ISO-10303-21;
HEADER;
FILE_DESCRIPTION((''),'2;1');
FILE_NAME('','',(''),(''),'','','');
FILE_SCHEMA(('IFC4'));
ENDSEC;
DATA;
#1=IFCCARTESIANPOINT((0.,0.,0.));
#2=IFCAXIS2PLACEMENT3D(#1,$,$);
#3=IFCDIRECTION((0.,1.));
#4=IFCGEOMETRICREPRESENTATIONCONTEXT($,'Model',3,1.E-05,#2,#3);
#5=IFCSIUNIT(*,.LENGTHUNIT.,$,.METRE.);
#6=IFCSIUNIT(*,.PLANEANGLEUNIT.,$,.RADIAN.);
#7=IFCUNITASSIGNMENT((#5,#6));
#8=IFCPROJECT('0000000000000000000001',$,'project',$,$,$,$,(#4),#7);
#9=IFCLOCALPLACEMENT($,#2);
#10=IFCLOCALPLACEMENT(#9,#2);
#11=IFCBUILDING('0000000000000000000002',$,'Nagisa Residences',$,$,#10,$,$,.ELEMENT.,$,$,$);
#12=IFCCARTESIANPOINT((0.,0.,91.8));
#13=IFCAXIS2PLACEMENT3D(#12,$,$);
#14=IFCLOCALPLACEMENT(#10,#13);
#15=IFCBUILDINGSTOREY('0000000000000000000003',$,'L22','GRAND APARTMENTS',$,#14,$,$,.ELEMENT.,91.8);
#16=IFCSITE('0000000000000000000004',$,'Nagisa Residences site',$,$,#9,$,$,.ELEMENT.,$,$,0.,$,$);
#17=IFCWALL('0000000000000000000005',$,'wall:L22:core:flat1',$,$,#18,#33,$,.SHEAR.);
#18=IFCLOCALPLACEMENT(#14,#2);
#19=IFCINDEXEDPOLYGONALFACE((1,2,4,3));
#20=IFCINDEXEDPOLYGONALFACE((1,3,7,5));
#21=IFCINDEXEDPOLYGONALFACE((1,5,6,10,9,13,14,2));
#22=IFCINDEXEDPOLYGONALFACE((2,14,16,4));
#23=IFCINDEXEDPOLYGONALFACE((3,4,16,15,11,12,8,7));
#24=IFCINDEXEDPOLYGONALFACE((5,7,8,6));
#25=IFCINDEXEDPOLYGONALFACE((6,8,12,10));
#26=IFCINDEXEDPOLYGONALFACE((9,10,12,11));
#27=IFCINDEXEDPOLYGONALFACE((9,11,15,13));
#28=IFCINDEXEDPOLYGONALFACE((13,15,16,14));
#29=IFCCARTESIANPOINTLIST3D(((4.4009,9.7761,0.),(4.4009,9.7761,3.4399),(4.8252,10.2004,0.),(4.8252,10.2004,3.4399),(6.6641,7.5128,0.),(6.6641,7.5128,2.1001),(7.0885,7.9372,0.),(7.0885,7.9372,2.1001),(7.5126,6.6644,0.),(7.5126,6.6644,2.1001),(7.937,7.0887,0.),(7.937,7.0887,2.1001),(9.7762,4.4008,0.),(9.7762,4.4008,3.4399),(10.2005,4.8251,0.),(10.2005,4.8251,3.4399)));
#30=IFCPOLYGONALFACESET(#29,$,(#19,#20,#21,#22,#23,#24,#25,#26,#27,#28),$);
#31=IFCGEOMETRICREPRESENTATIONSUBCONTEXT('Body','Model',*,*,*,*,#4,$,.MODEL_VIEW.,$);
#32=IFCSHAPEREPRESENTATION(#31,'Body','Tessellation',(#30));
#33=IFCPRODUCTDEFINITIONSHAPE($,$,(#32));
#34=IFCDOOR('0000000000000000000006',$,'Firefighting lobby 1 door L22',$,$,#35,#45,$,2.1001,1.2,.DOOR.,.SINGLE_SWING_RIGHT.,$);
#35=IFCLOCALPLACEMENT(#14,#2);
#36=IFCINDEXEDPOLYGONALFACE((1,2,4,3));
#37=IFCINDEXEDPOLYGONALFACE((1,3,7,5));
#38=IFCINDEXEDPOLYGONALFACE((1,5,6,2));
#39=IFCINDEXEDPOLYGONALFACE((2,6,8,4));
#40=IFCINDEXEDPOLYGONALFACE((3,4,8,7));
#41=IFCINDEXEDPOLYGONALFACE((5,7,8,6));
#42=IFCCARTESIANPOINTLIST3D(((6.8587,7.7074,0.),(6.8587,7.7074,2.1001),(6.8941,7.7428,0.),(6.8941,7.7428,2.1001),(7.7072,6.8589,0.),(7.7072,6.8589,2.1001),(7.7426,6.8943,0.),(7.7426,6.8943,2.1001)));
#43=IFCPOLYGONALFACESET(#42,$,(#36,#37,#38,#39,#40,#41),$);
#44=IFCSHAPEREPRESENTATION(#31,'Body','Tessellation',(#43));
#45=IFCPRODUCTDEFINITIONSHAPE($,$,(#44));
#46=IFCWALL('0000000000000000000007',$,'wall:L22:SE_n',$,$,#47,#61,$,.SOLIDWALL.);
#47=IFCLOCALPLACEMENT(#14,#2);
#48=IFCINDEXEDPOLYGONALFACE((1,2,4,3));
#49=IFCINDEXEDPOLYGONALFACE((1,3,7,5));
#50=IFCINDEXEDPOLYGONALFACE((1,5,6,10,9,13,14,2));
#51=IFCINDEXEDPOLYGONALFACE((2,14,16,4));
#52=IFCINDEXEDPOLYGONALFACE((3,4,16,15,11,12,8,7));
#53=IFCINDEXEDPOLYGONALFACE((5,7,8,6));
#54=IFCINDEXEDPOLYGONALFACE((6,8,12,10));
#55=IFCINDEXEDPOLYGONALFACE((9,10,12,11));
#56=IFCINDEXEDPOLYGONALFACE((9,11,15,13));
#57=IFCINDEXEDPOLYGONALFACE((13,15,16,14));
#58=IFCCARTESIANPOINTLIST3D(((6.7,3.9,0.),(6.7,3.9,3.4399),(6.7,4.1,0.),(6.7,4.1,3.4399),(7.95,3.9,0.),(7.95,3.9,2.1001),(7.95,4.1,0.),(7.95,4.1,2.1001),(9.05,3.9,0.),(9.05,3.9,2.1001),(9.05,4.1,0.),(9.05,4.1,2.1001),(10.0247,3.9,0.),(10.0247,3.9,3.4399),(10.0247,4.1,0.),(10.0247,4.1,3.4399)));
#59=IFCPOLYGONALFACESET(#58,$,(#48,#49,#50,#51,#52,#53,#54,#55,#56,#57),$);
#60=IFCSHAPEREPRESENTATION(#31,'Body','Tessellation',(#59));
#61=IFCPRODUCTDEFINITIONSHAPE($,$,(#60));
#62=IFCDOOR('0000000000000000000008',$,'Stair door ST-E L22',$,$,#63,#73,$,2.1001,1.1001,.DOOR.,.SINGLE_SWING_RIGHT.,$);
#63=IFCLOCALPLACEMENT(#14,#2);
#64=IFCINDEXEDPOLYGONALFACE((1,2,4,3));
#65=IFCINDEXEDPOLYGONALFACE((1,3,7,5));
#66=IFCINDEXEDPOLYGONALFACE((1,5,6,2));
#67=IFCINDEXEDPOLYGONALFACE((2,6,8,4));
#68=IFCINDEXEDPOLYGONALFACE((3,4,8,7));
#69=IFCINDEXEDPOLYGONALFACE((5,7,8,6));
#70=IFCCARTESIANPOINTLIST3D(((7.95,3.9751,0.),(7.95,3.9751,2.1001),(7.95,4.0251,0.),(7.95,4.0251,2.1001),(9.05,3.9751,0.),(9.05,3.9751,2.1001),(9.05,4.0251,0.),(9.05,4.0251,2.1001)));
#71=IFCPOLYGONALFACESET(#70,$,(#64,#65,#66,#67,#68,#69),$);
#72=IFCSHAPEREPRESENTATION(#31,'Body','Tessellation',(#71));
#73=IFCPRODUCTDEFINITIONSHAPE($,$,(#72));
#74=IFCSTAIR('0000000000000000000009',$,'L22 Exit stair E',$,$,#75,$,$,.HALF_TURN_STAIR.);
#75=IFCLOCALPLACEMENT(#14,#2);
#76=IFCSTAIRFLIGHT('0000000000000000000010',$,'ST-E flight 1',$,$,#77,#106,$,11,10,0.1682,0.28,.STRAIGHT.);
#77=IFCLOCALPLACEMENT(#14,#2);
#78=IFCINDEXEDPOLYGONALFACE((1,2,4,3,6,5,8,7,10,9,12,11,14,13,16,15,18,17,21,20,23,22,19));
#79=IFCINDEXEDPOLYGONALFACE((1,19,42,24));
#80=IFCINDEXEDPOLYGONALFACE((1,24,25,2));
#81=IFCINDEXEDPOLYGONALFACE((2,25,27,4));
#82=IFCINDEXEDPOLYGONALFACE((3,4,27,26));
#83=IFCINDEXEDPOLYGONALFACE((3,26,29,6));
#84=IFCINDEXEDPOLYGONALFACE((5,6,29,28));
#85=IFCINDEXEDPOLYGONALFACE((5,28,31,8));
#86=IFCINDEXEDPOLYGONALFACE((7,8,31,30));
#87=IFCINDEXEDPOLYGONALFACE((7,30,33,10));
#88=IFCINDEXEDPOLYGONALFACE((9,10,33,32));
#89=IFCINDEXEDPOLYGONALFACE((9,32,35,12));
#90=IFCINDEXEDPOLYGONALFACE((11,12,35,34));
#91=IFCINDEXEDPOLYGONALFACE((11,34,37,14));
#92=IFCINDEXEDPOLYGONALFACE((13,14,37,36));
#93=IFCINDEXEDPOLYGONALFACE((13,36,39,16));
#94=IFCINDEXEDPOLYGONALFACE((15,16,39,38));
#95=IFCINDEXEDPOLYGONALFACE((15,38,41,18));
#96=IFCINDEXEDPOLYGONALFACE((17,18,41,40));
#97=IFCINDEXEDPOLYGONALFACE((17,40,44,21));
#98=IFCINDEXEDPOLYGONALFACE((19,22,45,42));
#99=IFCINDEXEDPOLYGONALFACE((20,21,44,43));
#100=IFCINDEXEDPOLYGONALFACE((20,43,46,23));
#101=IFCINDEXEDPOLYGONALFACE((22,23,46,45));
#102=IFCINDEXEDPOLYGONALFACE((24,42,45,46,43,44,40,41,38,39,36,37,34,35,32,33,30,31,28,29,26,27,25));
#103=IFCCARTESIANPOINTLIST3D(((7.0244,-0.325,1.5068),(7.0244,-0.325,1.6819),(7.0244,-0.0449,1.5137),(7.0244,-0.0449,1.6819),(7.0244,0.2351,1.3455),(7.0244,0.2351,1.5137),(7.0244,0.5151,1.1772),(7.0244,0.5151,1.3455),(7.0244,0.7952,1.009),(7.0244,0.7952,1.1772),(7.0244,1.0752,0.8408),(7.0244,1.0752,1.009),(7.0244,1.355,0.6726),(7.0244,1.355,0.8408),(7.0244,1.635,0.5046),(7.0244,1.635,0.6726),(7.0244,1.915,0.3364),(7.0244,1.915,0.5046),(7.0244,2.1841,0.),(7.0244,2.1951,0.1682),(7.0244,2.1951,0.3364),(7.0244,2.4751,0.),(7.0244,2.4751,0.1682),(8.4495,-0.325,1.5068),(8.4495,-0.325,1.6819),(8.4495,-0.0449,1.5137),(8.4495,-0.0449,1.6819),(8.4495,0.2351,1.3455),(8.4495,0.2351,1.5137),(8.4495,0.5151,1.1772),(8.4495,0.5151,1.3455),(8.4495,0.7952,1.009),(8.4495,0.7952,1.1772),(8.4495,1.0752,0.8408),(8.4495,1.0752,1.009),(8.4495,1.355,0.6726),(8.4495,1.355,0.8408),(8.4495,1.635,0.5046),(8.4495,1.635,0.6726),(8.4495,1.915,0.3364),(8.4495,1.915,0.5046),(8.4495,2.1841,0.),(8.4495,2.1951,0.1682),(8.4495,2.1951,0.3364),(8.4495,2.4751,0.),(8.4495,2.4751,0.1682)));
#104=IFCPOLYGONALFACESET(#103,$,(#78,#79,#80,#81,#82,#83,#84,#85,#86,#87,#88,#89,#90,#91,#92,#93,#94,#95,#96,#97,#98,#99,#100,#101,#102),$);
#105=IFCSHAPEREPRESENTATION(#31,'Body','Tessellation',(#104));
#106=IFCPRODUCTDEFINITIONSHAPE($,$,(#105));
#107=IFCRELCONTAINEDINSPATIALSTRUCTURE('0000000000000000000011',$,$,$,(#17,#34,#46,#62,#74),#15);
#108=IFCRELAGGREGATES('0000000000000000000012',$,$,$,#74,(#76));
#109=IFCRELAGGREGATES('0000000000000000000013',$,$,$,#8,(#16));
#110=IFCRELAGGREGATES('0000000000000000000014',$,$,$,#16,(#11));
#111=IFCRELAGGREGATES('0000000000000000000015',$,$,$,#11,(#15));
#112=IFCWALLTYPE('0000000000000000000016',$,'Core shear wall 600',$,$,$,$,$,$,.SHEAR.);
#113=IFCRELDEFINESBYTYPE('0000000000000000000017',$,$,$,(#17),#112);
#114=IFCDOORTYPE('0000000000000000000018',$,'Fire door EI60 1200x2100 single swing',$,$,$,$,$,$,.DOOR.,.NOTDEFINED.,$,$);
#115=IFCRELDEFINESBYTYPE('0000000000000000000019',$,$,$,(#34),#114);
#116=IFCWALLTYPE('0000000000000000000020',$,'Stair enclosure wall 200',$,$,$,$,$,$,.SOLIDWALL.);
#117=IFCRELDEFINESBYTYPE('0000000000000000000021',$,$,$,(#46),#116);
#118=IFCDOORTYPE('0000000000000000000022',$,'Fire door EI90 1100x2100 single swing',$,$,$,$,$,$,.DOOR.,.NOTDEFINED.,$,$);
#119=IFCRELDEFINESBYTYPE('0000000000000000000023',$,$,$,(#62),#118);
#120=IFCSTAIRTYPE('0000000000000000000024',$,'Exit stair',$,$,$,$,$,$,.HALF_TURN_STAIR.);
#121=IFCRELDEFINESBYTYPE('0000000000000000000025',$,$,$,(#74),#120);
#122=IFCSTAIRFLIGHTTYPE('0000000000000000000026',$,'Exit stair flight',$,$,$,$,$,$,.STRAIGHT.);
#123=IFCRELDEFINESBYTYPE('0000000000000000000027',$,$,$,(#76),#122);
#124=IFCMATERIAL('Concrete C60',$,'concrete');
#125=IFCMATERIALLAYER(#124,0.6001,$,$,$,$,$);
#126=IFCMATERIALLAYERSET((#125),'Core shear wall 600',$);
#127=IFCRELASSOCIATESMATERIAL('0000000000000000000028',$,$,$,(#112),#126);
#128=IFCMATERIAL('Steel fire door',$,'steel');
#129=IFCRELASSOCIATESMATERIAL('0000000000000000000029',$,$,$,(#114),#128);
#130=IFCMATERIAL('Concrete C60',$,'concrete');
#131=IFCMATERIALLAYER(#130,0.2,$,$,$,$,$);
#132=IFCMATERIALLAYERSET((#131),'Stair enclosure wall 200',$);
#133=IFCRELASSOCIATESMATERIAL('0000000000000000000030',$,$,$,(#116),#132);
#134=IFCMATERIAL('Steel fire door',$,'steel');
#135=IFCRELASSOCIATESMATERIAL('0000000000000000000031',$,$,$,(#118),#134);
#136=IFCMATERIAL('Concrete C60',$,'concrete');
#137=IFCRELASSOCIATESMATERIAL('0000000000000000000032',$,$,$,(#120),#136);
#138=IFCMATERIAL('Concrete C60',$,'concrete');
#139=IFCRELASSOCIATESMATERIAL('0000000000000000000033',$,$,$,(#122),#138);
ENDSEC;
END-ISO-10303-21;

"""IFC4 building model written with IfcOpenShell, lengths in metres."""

from ifc_helpers import new_model, si_unit, direction, frame, frame_2d, origin, place, context, subcontext, project, spatial, polyline, rectangle, outline, extrude, material, layer, layer_set, type_object, element, fill, aggregate, save


model = new_model("IFC4")

# Units and contexts
model_context = context("Model", 3, precision=1e-05, world=origin(), true_north=direction((0.0, 1.0)))
body_context = subcontext(model_context, "Body", "Model", "MODEL_VIEW")
ifc_project = project(units=[si_unit("LENGTHUNIT", "METRE"), si_unit("PLANEANGLEUNIT", "RADIAN")], contexts=[model_context])

# Site, building, storey
site_placement = place(None, origin())
site = spatial("IfcSite", under=ifc_project, at=site_placement, Name="Nagisa Residences site", CompositionType="ELEMENT", RefElevation=0.0)
building_placement = place(site_placement, origin())
building = spatial("IfcBuilding", under=site, at=building_placement, Name="Nagisa Residences", CompositionType="ELEMENT")
storey_placement = place(building_placement, frame((0.0, 0.0, 91.8)))
storey = spatial("IfcBuildingStorey", under=building, at=storey_placement, Name="L22", Description="GRAND APARTMENTS", CompositionType="ELEMENT", Elevation=91.8)

# Walls, openings, doors
ifc_material_1 = material(Name="Concrete C60", Category="concrete")
ifc_layer_1 = layer(ifc_material_1, 0.6001)
ifc_layer_set_1 = layer_set([ifc_layer_1], Name="Core shear wall 600")
wall_type_1 = type_object("IfcWallType", Name="Core shear wall 600", PredefinedType="SHEAR", material=ifc_layer_set_1)
wall_1_placement = place(storey_placement, frame((9.9883, 4.613, 0.0), z_axis=(0.0, 0.0, 1.0), x_axis=(-0.707107, 0.707107, 0.0)))
wall_1 = element("IfcWall", 1, at=wall_1_placement, inside=storey, type_object=wall_type_1, Name="wall:L22:core:flat1", PredefinedType="SHEAR", context=body_context, shape_type="SweptSolid", body=[
    extrude(rectangle(XDim=7.6018, YDim=0.6001, at=frame_2d((3.8008, 0.0))), origin(), (0.0, 0.0, 1.0), 3.4399),
])
opening_1_placement = place(wall_1_placement, frame((3.2009, 0.0, 0.0)))
opening_1 = element("IfcOpeningElement", 2, at=opening_1_placement, cuts=wall_1, PredefinedType="OPENING", context=body_context, shape_type="SweptSolid", body=[
    extrude(rectangle(XDim=1.2, YDim=2.1001, at=frame_2d((0.6001, 1.05))), frame((0.0, 0.3101, 0.0), z_axis=(0.0, -1.0, 0.0), x_axis=(1.0, 0.0, 0.0)), (0.0, 0.0, 1.0), 0.6201),
])
ifc_material_2 = material(Name="Steel fire door", Category="steel")
door_type_1 = type_object("IfcDoorType", Name="Fire door EI60 1200x2100 single swing", OperationType="NOTDEFINED", PredefinedType="DOOR", material=ifc_material_2)
door_1_placement = place(opening_1_placement, origin())
door_1 = element("IfcDoor", 3, at=door_1_placement, inside=storey, type_object=door_type_1, Name="Firefighting lobby 1 door L22", OperationType="SINGLE_SWING_RIGHT", OverallHeight=2.1001, OverallWidth=1.2, PredefinedType="DOOR", context=body_context, shape_type="SweptSolid", body=[
    extrude(rectangle(XDim=1.2, YDim=2.1001, at=frame_2d((0.6001, 1.05))), frame((0.0, 0.0249, 0.0), z_axis=(0.0, -1.0, 0.0), x_axis=(1.0, 0.0, 0.0)), (0.0, 0.0, 1.0), 0.05),
])
fill(opening_1, door_1)
ifc_material_3 = material(Name="Concrete C60", Category="concrete")
ifc_layer_2 = layer(ifc_material_3, 0.2)
ifc_layer_set_2 = layer_set([ifc_layer_2], Name="Stair enclosure wall 200")
wall_type_2 = type_object("IfcWallType", Name="Stair enclosure wall 200", PredefinedType="SOLIDWALL", material=ifc_layer_set_2)
wall_2_placement = place(storey_placement, frame((6.7, 4.0, 0.0), z_axis=(0.0, 0.0, 1.0), x_axis=(1.0, 0.0, 0.0)))
wall_2 = element("IfcWall", 4, at=wall_2_placement, inside=storey, type_object=wall_type_2, Name="wall:L22:SE_n", PredefinedType="SOLIDWALL", context=body_context, shape_type="SweptSolid", body=[
    extrude(rectangle(XDim=3.3247, YDim=0.2, at=frame_2d((1.6624, 0.0))), origin(), (0.0, 0.0, 1.0), 3.4399),
])
opening_2_placement = place(wall_2_placement, frame((1.25, 0.0, 0.0)))
opening_2 = element("IfcOpeningElement", 5, at=opening_2_placement, cuts=wall_2, PredefinedType="OPENING", context=body_context, shape_type="SweptSolid", body=[
    extrude(rectangle(XDim=1.1001, YDim=2.1001, at=frame_2d((0.55, 1.05))), frame((0.0, 0.1099, 0.0), z_axis=(0.0, -1.0, 0.0), x_axis=(1.0, 0.0, 0.0)), (0.0, 0.0, 1.0), 0.22),
])
ifc_material_4 = material(Name="Steel fire door", Category="steel")
door_type_2 = type_object("IfcDoorType", Name="Fire door EI90 1100x2100 single swing", OperationType="NOTDEFINED", PredefinedType="DOOR", material=ifc_material_4)
door_2_placement = place(opening_2_placement, frame((1.1001, 0.0, 0.0), x_axis=(-1.0, 0.0, 0.0)))
door_2 = element("IfcDoor", 6, at=door_2_placement, inside=storey, type_object=door_type_2, Name="Stair door ST-E L22", OperationType="SINGLE_SWING_RIGHT", OverallHeight=2.1001, OverallWidth=1.1001, PredefinedType="DOOR", context=body_context, shape_type="SweptSolid", body=[
    extrude(rectangle(XDim=1.1001, YDim=2.1001, at=frame_2d((0.55, 1.05))), frame((0.0, 0.0249, 0.0), z_axis=(0.0, -1.0, 0.0), x_axis=(1.0, 0.0, 0.0)), (0.0, 0.0, 1.0), 0.05),
])
fill(opening_2, door_2)

# Stair, stair flight
ifc_material_5 = material(Name="Concrete C60", Category="concrete")
stair_type = type_object("IfcStairType", Name="Exit stair", PredefinedType="HALF_TURN_STAIR", material=ifc_material_5)
stair_placement = place(storey_placement, origin())
stair = element("IfcStair", 7, at=stair_placement, inside=storey, type_object=stair_type, Name="L22 Exit stair E", PredefinedType="HALF_TURN_STAIR")
ifc_material_6 = material(Name="Concrete C60", Category="concrete")
stair_flight_type = type_object("IfcStairFlightType", Name="Exit stair flight", PredefinedType="STRAIGHT", material=ifc_material_6)
stair_flight_placement = place(storey_placement, frame((7.7371, 2.4751, 0.0), z_axis=(0.0, 0.0, 1.0), x_axis=(0.0, -1.0, 0.0)))
stair_flight = element("IfcStairFlight", 8, at=stair_flight_placement, type_object=stair_flight_type, Name="ST-E flight 1", NumberOfRisers=11, NumberOfTreads=10, PredefinedType="STRAIGHT", RiserHeight=0.1682, TreadLength=0.28, context=body_context, shape_type="SweptSolid", body=[
    extrude(outline(polyline([(0.0, 0.0), (0.0, 0.1682), (0.28, 0.1682), (0.28, 0.3364), (0.5601, 0.3364), (0.5601, 0.5046), (0.8401, 0.5046), (0.8401, 0.6726), (1.1201, 0.6726), (1.1201, 0.8408), (1.3999, 0.8408), (1.3999, 1.009), (1.6799, 1.009), (1.6799, 1.1772), (1.96, 1.1772), (1.96, 1.3455), (2.24, 1.3455), (2.24, 1.5137), (2.52, 1.5137), (2.52, 1.6819), (2.8, 1.6819), (2.8, 1.8501), (2.8, 1.5068), (0.291, 0.0), (0.0, 0.0)])), frame((0.0, 0.7124, 0.0), z_axis=(0.0, -1.0, 0.0), x_axis=(1.0, 0.0, 0.0)), (0.0, 0.0, 1.0), 1.425),
])
aggregate(stair, [stair_flight])

save(model, "model.ifc")
